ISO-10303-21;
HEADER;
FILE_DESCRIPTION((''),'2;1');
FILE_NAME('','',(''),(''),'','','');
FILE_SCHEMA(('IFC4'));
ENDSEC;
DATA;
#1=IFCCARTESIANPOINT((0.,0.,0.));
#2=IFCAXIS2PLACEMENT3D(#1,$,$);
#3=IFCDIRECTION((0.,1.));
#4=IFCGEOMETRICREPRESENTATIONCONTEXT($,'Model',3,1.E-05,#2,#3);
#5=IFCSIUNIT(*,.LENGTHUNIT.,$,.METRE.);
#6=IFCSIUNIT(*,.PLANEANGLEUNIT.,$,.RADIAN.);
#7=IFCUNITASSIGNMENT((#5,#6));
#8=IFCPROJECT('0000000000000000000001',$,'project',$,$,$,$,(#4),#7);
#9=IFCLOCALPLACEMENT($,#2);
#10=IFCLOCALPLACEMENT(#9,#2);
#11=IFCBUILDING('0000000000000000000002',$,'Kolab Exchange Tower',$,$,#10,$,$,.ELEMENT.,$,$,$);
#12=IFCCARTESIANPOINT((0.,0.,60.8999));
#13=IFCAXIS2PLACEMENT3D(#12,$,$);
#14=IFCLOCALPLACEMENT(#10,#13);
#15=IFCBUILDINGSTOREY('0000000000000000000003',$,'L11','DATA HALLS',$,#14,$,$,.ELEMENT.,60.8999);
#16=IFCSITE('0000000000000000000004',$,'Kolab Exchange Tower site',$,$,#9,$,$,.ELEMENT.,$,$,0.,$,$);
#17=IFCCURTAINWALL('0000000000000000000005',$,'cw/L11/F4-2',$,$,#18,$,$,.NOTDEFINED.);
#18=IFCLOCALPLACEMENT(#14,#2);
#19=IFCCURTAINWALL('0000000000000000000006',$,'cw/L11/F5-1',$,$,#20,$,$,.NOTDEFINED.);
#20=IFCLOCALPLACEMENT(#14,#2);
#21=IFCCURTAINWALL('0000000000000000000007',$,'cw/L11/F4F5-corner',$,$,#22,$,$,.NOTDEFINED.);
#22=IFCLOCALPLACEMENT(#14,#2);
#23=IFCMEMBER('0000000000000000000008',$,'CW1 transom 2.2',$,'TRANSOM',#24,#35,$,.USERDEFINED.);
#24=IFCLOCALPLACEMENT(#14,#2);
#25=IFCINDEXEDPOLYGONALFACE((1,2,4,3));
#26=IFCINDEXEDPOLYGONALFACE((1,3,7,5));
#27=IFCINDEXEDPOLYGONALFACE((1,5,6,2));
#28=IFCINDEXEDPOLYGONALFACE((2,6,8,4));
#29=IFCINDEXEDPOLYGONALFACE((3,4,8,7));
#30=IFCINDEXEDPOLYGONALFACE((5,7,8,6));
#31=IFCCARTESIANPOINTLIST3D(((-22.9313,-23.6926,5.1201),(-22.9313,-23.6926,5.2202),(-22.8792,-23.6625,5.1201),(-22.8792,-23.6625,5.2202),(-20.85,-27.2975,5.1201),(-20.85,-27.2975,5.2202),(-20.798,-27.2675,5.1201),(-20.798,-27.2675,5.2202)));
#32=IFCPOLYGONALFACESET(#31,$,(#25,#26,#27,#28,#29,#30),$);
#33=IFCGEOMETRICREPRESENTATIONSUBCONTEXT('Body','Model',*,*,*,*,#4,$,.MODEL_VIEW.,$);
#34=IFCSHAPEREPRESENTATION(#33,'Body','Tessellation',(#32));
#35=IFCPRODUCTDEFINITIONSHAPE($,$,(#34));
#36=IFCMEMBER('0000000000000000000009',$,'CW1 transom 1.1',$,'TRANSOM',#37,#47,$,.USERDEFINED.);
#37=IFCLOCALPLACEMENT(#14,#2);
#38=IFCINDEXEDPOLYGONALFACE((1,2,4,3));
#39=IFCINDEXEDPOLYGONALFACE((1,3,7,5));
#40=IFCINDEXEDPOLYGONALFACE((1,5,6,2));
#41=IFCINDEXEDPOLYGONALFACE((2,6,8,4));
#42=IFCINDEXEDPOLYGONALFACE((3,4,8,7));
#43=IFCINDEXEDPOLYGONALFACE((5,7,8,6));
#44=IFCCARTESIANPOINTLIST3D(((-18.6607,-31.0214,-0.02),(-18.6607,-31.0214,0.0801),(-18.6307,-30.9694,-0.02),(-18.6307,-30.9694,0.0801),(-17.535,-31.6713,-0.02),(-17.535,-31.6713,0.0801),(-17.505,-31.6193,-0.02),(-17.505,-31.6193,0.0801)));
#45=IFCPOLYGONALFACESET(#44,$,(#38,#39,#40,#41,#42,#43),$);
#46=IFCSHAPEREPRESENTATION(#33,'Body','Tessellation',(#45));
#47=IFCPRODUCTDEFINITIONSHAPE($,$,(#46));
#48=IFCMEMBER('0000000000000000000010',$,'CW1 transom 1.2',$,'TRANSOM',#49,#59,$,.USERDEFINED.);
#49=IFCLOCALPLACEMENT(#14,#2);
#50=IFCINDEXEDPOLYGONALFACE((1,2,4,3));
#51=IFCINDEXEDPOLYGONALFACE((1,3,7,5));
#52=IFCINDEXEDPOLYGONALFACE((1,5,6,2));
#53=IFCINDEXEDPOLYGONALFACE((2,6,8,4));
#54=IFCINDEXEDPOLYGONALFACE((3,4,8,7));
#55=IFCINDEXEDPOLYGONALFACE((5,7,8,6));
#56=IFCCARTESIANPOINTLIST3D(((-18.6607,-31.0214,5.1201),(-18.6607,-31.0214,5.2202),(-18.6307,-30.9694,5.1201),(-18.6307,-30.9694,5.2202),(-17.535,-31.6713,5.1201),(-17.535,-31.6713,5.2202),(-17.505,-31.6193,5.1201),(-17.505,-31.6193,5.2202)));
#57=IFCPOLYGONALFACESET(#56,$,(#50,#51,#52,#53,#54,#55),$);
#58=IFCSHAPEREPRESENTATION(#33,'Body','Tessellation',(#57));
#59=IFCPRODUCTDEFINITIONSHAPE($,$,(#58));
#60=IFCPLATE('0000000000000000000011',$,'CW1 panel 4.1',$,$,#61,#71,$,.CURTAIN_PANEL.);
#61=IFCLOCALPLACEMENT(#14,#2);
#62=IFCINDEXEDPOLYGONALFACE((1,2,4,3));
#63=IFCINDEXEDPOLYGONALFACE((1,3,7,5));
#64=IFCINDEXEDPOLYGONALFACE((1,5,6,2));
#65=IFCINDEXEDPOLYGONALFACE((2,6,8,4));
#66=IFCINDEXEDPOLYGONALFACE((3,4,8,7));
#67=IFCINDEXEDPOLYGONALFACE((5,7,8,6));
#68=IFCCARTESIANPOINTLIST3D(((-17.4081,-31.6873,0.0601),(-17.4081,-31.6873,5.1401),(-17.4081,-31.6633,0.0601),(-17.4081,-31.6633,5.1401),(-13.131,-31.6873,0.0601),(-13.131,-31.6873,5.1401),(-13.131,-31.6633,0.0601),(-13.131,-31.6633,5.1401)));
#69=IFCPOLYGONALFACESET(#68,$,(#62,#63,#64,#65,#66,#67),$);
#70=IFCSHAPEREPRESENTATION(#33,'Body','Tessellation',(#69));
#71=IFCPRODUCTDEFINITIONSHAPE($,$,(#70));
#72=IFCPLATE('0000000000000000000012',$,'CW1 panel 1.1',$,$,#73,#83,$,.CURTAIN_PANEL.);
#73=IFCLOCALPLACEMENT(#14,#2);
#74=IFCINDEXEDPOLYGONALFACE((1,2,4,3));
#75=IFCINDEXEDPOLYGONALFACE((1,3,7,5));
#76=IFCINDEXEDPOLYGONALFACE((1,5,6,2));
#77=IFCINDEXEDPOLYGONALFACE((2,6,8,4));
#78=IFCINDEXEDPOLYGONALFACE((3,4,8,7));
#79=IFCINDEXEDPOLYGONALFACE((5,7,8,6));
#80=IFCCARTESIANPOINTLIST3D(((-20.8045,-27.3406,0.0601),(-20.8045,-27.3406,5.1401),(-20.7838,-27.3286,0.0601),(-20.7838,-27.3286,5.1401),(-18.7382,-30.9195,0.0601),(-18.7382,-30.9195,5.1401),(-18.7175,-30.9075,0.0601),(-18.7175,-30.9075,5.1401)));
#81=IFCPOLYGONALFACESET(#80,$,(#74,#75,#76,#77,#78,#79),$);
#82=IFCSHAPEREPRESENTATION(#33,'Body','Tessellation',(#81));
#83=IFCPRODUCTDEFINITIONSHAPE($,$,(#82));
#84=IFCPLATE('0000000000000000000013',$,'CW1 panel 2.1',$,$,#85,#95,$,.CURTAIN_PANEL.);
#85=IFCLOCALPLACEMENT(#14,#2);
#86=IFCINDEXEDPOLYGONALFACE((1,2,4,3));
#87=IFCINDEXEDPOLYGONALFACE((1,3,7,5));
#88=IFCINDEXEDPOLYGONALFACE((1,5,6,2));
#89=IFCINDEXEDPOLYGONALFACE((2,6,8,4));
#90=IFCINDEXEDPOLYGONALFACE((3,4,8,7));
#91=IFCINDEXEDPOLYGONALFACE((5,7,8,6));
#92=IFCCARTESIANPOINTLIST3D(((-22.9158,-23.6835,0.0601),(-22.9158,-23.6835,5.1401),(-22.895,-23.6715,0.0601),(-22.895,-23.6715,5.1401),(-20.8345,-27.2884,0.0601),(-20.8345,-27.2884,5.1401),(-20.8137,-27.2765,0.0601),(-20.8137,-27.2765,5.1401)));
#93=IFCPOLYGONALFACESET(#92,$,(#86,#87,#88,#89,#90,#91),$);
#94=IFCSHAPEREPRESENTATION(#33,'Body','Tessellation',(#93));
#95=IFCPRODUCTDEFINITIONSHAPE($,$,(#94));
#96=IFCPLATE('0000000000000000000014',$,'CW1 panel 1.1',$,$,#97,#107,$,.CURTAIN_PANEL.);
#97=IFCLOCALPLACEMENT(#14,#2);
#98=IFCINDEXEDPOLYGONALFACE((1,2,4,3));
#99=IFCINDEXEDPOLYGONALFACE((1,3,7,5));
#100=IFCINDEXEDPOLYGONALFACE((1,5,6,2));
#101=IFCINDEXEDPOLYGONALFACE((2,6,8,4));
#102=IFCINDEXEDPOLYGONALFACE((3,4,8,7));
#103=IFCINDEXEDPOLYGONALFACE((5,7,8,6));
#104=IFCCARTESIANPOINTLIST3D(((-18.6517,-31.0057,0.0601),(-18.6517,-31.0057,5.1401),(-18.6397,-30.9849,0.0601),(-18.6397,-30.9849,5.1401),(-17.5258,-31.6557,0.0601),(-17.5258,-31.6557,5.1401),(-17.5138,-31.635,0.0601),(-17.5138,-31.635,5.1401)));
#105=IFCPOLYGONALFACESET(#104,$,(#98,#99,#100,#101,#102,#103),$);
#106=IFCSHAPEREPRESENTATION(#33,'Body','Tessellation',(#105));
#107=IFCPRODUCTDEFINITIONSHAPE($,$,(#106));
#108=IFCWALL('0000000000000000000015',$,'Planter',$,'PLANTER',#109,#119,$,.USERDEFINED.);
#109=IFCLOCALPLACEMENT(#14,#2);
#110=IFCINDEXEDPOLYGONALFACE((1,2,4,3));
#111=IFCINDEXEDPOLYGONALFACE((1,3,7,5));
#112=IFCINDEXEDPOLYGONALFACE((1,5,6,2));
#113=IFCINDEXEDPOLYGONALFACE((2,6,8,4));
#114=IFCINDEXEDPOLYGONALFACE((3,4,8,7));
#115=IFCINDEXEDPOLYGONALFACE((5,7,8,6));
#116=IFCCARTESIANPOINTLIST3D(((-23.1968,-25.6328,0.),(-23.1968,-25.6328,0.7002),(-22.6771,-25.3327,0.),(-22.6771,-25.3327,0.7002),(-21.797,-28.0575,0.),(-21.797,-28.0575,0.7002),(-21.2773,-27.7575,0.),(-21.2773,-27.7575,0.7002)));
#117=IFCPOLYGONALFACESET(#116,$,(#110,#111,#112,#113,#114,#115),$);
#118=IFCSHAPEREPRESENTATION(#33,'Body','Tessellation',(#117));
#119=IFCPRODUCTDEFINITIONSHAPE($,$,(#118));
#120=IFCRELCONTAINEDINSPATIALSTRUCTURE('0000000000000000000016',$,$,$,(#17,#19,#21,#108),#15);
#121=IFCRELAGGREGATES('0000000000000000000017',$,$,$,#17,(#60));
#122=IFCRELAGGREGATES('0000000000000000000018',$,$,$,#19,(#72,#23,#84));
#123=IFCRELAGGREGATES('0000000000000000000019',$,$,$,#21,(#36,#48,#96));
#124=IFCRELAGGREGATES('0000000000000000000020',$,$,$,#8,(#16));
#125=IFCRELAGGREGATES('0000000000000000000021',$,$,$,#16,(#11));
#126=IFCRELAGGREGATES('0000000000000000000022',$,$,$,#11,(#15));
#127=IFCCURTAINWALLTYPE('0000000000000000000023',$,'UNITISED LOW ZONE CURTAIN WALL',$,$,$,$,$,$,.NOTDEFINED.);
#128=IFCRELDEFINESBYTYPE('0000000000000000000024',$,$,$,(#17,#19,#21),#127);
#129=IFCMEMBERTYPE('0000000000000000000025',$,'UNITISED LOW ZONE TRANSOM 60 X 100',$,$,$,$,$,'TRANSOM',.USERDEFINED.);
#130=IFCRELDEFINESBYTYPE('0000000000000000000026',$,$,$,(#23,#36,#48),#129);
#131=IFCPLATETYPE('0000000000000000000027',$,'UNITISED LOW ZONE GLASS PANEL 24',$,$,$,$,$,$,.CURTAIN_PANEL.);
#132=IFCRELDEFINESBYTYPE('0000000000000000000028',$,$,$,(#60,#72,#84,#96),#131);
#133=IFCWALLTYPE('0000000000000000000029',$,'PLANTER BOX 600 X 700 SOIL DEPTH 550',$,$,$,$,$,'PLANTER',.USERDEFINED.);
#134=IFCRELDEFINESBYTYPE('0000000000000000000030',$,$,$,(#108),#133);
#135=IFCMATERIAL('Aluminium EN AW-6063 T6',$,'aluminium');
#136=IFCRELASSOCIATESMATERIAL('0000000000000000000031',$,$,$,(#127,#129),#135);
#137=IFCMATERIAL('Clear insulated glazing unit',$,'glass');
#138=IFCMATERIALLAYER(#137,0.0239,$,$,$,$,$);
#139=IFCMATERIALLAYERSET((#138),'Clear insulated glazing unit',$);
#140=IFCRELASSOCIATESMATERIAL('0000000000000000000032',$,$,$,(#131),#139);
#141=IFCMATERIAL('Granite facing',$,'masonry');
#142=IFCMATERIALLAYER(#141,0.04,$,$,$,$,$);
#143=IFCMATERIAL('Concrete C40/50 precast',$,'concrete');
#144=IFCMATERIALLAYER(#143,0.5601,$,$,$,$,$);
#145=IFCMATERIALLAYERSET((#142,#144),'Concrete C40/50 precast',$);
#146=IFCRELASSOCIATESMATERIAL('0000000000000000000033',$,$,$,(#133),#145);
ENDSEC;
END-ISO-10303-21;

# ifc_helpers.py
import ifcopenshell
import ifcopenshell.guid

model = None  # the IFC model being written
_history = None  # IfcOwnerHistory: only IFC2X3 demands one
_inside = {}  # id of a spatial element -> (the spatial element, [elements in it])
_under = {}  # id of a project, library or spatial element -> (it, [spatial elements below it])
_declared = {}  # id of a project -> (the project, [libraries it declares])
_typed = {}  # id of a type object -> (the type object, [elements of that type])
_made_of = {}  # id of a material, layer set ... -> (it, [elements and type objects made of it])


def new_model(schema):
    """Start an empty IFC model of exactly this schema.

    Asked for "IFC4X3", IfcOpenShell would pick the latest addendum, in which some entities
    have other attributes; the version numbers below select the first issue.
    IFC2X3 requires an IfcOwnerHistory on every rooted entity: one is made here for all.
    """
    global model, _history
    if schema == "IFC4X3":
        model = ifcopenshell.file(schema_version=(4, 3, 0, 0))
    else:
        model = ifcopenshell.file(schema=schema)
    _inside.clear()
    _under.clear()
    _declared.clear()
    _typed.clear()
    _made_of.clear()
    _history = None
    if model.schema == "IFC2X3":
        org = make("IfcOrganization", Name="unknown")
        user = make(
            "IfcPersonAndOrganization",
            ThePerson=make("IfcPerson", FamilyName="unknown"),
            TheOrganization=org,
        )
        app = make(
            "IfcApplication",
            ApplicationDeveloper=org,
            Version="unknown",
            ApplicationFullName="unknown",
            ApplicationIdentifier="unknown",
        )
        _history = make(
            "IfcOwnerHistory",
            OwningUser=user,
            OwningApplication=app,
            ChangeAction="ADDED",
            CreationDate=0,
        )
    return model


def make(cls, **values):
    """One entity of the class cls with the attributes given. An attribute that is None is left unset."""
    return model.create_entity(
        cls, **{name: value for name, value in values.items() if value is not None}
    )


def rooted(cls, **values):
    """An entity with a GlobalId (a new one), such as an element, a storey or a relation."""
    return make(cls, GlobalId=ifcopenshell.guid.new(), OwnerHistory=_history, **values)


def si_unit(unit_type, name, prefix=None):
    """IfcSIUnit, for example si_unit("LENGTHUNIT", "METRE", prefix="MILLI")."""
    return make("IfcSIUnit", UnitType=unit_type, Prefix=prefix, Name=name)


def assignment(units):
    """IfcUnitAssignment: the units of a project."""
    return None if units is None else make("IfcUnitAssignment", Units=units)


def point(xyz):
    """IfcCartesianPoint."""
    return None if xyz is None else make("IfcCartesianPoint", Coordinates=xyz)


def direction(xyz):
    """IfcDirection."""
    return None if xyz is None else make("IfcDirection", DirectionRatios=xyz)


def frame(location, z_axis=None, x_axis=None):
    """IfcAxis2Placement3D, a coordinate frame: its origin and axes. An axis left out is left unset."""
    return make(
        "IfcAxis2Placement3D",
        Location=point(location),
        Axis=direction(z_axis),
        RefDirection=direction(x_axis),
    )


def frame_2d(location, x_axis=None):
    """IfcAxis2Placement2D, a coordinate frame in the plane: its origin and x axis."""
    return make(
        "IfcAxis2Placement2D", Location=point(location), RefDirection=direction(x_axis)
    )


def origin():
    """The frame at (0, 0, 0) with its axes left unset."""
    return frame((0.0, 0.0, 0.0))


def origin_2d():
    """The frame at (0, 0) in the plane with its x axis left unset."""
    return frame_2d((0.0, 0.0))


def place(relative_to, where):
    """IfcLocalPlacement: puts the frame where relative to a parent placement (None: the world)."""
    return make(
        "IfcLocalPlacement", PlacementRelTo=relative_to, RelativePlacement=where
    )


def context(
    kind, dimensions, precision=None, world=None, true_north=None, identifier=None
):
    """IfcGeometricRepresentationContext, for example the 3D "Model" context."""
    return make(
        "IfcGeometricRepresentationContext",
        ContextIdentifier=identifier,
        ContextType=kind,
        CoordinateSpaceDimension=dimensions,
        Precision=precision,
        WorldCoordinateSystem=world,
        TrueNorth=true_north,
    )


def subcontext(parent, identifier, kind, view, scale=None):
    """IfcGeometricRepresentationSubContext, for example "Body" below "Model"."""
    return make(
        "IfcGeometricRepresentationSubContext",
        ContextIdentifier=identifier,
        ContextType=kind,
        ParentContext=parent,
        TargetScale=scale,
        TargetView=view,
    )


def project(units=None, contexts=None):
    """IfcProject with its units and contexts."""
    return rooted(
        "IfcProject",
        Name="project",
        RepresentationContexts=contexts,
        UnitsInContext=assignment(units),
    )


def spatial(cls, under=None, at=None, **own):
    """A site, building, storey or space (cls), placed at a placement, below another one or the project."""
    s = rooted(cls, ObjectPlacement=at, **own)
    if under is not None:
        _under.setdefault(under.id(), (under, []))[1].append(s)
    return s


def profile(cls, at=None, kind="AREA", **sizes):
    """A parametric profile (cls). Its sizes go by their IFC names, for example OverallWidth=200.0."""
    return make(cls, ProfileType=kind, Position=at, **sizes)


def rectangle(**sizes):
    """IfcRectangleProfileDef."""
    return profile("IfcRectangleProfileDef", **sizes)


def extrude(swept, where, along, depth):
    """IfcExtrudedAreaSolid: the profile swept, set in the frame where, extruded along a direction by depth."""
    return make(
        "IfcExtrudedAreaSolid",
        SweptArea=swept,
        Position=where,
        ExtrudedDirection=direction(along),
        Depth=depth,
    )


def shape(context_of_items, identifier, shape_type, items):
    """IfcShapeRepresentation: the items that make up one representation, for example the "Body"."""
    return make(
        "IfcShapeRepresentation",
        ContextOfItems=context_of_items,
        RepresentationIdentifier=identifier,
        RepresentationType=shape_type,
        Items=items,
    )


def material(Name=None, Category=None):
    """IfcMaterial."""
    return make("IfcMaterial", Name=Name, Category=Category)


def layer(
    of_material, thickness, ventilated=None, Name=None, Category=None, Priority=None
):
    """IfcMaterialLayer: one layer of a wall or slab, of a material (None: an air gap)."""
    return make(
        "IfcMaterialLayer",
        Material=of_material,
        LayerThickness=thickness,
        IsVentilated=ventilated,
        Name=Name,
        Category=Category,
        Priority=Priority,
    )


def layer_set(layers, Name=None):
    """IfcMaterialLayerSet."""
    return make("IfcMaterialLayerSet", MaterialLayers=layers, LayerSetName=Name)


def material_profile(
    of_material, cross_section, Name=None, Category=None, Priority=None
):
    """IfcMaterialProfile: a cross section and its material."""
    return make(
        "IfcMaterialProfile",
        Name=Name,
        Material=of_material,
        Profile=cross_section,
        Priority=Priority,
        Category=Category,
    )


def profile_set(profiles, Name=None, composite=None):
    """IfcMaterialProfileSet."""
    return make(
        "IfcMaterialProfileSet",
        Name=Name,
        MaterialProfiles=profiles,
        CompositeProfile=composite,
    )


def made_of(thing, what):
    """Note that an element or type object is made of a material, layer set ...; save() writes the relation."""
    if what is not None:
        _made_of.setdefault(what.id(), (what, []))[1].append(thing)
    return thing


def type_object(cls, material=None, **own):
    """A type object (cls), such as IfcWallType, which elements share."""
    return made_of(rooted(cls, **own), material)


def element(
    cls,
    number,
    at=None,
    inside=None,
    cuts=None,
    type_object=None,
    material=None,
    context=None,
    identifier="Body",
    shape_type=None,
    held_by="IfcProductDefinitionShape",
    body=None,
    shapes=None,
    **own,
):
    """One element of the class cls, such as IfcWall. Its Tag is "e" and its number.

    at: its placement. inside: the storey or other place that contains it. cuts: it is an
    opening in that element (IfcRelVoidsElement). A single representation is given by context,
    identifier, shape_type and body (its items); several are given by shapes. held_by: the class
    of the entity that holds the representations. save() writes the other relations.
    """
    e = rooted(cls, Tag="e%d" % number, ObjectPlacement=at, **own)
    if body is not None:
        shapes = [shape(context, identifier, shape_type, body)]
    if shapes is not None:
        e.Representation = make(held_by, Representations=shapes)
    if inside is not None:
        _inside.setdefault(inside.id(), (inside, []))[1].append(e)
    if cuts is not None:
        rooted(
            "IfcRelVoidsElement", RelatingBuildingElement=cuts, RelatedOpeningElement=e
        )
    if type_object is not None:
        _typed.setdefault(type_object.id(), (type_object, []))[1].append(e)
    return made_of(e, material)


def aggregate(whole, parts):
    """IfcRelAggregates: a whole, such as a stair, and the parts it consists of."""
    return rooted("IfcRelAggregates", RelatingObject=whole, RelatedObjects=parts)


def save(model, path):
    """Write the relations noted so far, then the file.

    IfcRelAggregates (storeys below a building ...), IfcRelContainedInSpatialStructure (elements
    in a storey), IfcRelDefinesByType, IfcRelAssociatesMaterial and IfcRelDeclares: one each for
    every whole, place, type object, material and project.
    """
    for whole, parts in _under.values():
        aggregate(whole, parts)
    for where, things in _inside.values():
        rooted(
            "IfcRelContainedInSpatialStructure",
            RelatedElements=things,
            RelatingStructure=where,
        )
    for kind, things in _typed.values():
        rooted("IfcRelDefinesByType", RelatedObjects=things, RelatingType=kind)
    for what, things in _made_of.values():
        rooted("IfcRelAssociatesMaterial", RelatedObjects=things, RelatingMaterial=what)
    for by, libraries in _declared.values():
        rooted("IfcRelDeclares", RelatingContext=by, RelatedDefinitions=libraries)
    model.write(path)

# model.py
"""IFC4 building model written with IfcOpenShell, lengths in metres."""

from ifc_helpers import new_model, si_unit, direction, frame, frame_2d, origin, origin_2d, place, context, subcontext, project, spatial, rectangle, extrude, material, layer, layer_set, material_profile, profile_set, type_object, element, aggregate, save


model = new_model("IFC4")

# Units and contexts
model_context = context("Model", 3, precision=1e-05, world=origin(), true_north=direction((0.0, 1.0)))
body_context = subcontext(model_context, "Body", "Model", "MODEL_VIEW")
ifc_project = project(units=[si_unit("LENGTHUNIT", "METRE"), si_unit("PLANEANGLEUNIT", "RADIAN")], contexts=[model_context])

# Site, building, storey
site_placement = place(None, origin())
site = spatial("IfcSite", under=ifc_project, at=site_placement, Name="Kolab Exchange Tower site", CompositionType="ELEMENT", RefElevation=0.0)
building_placement = place(site_placement, origin())
building = spatial("IfcBuilding", under=site, at=building_placement, Name="Kolab Exchange Tower", CompositionType="ELEMENT")
storey_placement = place(building_placement, frame((0.0, 0.0, 60.8999)))
storey = spatial("IfcBuildingStorey", under=building, at=storey_placement, Name="L11", Description="DATA HALLS", CompositionType="ELEMENT", Elevation=60.8999)

# Curtain wall
ifc_material_1 = material(Name="Aluminium EN AW-6063 T6", Category="aluminium")
curtain_wall_type = type_object("IfcCurtainWallType", Name="UNITISED LOW ZONE CURTAIN WALL", PredefinedType="NOTDEFINED", material=ifc_material_1)
curtain_wall_1_placement = place(storey_placement, origin())
curtain_wall_1 = element("IfcCurtainWall", 1, at=curtain_wall_1_placement, inside=storey, type_object=curtain_wall_type, Name="cw/L11/F4-2", PredefinedType="NOTDEFINED")

# Curtain walls
curtain_wall_2_placement = place(storey_placement, origin())
curtain_wall_2 = element("IfcCurtainWall", 2, at=curtain_wall_2_placement, inside=storey, type_object=curtain_wall_type, Name="cw/L11/F5-1", PredefinedType="NOTDEFINED")
curtain_wall_3_placement = place(storey_placement, origin())
curtain_wall_3 = element("IfcCurtainWall", 3, at=curtain_wall_3_placement, inside=storey, type_object=curtain_wall_type, Name="cw/L11/F4F5-corner", PredefinedType="NOTDEFINED")

# Members
ifc_material_profile_1 = material_profile(ifc_material_1, rectangle(XDim=0.0601, YDim=0.1001, at=origin_2d()), Name="RECT 60X100")
ifc_profile_set_1 = profile_set([ifc_material_profile_1], Name="Aluminium EN AW-6063 T6")
member_type_1 = type_object("IfcMemberType", Name="UNITISED LOW ZONE TRANSOM 60 X 100", ElementType="TRANSOM", PredefinedType="USERDEFINED", material=ifc_profile_set_1)
member_1_placement = place(storey_placement, frame((-20.824, -27.2825, 5.1702), z_axis=(-0.499993, 0.866029, 0.0), x_axis=(-0.866029, -0.499993, 0.0)))
member_1 = element("IfcMember", 4, at=member_1_placement, type_object=member_type_1, Name="CW1 transom 2.2", ObjectType="TRANSOM", PredefinedType="USERDEFINED", context=body_context, shape_type="SweptSolid", body=[
    extrude(rectangle(XDim=0.0601, YDim=0.1001, at=origin_2d()), origin(), (0.0, 0.0, 1.0), 4.1626),
])
member_2_placement = place(storey_placement, frame((-17.52, -31.6453, 0.03), z_axis=(-0.866039, 0.499977, 0.0), x_axis=(-0.499977, -0.866039, 0.0)))
member_2 = element("IfcMember", 5, at=member_2_placement, type_object=member_type_1, Name="CW1 transom 1.1", ObjectType="TRANSOM", PredefinedType="USERDEFINED", context=body_context, shape_type="SweptSolid", body=[
    extrude(rectangle(XDim=0.0601, YDim=0.1001, at=origin_2d()), origin(), (0.0, 0.0, 1.0), 1.2998),
])
member_3_placement = place(storey_placement, frame((-17.52, -31.6453, 5.1702), z_axis=(-0.866039, 0.499977, 0.0), x_axis=(-0.499977, -0.866039, 0.0)))
member_3 = element("IfcMember", 6, at=member_3_placement, type_object=member_type_1, Name="CW1 transom 1.2", ObjectType="TRANSOM", PredefinedType="USERDEFINED", context=body_context, shape_type="SweptSolid", body=[
    extrude(rectangle(XDim=0.0601, YDim=0.1001, at=origin_2d()), origin(), (0.0, 0.0, 1.0), 1.2998),
])

# Plates
ifc_material_2 = material(Name="Clear insulated glazing unit", Category="glass")
ifc_layer_1 = layer(ifc_material_2, 0.0239)
ifc_layer_set_1 = layer_set([ifc_layer_1], Name="Clear insulated glazing unit")
plate_type = type_object("IfcPlateType", Name="UNITISED LOW ZONE GLASS PANEL 24", PredefinedType="CURTAIN_PANEL", material=ifc_layer_set_1)
plate_1_placement = place(storey_placement, frame((-15.2695, -31.6753, 0.0601), z_axis=(0.0, 0.0, 1.0), x_axis=(-1.0, 0.0, 0.0)))
plate_1 = element("IfcPlate", 7, at=plate_1_placement, type_object=plate_type, Name="CW1 panel 4.1", PredefinedType="CURTAIN_PANEL", context=body_context, shape_type="SweptSolid", body=[
    extrude(rectangle(XDim=4.2771, YDim=0.0239, at=origin_2d()), origin(), (0.0, 0.0, 1.0), 5.0801),
])
aggregate(curtain_wall_1, [plate_1])
plate_2_placement = place(storey_placement, frame((-19.761, -29.124, 0.0601), z_axis=(0.0, 0.0, 1.0), x_axis=(-0.5, 0.866025, 0.0)))
plate_2 = element("IfcPlate", 8, at=plate_2_placement, type_object=plate_type, Name="CW1 panel 1.1", PredefinedType="CURTAIN_PANEL", context=body_context, shape_type="SweptSolid", body=[
    extrude(rectangle(XDim=4.1326, YDim=0.0239, at=origin_2d()), origin(), (0.0, 0.0, 1.0), 5.0801),
])
plate_3_placement = place(storey_placement, frame((-21.8647, -25.48, 0.0601), z_axis=(0.0, 0.0, 1.0), x_axis=(-0.5, 0.866025, 0.0)))
plate_3 = element("IfcPlate", 9, at=plate_3_placement, type_object=plate_type, Name="CW1 panel 2.1", PredefinedType="CURTAIN_PANEL", context=body_context, shape_type="SweptSolid", body=[
    extrude(rectangle(XDim=4.1626, YDim=0.0239, at=origin_2d()), origin(), (0.0, 0.0, 1.0), 5.0801),
])
aggregate(curtain_wall_2, [plate_2, member_1, plate_3])
plate_4_placement = place(storey_placement, frame((-18.0828, -31.3203, 0.0601), z_axis=(0.0, 0.0, 1.0), x_axis=(-0.866025, 0.5, 0.0)))
plate_4 = element("IfcPlate", 10, at=plate_4_placement, type_object=plate_type, Name="CW1 panel 1.1", PredefinedType="CURTAIN_PANEL", context=body_context, shape_type="SweptSolid", body=[
    extrude(rectangle(XDim=1.3, YDim=0.0239, at=origin_2d()), origin(), (0.0, 0.0, 1.0), 5.0801),
])
aggregate(curtain_wall_3, [member_2, member_3, plate_4])

# Wall
ifc_material_3 = material(Name="Granite facing", Category="masonry")
ifc_layer_2 = layer(ifc_material_3, 0.04)
ifc_material_4 = material(Name="Concrete C40/50 precast", Category="concrete")
ifc_layer_3 = layer(ifc_material_4, 0.5601)
ifc_layer_set_2 = layer_set([ifc_layer_2, ifc_layer_3], Name="Concrete C40/50 precast")
wall_type = type_object("IfcWallType", Name="PLANTER BOX 600 X 700 SOIL DEPTH 550", ElementType="PLANTER", PredefinedType="USERDEFINED", material=ifc_layer_set_2)
wall_placement = place(storey_placement, frame((-21.5371, -27.9075, 0.0), z_axis=(0.0, 0.0, 1.0), x_axis=(-0.499984, 0.866035, 0.0)))
element("IfcWall", 11, at=wall_placement, inside=storey, type_object=wall_type, Name="Planter", ObjectType="PLANTER", PredefinedType="USERDEFINED", context=body_context, shape_type="SweptSolid", body=[
    extrude(rectangle(XDim=2.7998, YDim=0.6001, at=frame_2d((1.3999, 0.0))), origin(), (0.0, 0.0, 1.0), 0.7002),
])

save(model, "model.ifc")
